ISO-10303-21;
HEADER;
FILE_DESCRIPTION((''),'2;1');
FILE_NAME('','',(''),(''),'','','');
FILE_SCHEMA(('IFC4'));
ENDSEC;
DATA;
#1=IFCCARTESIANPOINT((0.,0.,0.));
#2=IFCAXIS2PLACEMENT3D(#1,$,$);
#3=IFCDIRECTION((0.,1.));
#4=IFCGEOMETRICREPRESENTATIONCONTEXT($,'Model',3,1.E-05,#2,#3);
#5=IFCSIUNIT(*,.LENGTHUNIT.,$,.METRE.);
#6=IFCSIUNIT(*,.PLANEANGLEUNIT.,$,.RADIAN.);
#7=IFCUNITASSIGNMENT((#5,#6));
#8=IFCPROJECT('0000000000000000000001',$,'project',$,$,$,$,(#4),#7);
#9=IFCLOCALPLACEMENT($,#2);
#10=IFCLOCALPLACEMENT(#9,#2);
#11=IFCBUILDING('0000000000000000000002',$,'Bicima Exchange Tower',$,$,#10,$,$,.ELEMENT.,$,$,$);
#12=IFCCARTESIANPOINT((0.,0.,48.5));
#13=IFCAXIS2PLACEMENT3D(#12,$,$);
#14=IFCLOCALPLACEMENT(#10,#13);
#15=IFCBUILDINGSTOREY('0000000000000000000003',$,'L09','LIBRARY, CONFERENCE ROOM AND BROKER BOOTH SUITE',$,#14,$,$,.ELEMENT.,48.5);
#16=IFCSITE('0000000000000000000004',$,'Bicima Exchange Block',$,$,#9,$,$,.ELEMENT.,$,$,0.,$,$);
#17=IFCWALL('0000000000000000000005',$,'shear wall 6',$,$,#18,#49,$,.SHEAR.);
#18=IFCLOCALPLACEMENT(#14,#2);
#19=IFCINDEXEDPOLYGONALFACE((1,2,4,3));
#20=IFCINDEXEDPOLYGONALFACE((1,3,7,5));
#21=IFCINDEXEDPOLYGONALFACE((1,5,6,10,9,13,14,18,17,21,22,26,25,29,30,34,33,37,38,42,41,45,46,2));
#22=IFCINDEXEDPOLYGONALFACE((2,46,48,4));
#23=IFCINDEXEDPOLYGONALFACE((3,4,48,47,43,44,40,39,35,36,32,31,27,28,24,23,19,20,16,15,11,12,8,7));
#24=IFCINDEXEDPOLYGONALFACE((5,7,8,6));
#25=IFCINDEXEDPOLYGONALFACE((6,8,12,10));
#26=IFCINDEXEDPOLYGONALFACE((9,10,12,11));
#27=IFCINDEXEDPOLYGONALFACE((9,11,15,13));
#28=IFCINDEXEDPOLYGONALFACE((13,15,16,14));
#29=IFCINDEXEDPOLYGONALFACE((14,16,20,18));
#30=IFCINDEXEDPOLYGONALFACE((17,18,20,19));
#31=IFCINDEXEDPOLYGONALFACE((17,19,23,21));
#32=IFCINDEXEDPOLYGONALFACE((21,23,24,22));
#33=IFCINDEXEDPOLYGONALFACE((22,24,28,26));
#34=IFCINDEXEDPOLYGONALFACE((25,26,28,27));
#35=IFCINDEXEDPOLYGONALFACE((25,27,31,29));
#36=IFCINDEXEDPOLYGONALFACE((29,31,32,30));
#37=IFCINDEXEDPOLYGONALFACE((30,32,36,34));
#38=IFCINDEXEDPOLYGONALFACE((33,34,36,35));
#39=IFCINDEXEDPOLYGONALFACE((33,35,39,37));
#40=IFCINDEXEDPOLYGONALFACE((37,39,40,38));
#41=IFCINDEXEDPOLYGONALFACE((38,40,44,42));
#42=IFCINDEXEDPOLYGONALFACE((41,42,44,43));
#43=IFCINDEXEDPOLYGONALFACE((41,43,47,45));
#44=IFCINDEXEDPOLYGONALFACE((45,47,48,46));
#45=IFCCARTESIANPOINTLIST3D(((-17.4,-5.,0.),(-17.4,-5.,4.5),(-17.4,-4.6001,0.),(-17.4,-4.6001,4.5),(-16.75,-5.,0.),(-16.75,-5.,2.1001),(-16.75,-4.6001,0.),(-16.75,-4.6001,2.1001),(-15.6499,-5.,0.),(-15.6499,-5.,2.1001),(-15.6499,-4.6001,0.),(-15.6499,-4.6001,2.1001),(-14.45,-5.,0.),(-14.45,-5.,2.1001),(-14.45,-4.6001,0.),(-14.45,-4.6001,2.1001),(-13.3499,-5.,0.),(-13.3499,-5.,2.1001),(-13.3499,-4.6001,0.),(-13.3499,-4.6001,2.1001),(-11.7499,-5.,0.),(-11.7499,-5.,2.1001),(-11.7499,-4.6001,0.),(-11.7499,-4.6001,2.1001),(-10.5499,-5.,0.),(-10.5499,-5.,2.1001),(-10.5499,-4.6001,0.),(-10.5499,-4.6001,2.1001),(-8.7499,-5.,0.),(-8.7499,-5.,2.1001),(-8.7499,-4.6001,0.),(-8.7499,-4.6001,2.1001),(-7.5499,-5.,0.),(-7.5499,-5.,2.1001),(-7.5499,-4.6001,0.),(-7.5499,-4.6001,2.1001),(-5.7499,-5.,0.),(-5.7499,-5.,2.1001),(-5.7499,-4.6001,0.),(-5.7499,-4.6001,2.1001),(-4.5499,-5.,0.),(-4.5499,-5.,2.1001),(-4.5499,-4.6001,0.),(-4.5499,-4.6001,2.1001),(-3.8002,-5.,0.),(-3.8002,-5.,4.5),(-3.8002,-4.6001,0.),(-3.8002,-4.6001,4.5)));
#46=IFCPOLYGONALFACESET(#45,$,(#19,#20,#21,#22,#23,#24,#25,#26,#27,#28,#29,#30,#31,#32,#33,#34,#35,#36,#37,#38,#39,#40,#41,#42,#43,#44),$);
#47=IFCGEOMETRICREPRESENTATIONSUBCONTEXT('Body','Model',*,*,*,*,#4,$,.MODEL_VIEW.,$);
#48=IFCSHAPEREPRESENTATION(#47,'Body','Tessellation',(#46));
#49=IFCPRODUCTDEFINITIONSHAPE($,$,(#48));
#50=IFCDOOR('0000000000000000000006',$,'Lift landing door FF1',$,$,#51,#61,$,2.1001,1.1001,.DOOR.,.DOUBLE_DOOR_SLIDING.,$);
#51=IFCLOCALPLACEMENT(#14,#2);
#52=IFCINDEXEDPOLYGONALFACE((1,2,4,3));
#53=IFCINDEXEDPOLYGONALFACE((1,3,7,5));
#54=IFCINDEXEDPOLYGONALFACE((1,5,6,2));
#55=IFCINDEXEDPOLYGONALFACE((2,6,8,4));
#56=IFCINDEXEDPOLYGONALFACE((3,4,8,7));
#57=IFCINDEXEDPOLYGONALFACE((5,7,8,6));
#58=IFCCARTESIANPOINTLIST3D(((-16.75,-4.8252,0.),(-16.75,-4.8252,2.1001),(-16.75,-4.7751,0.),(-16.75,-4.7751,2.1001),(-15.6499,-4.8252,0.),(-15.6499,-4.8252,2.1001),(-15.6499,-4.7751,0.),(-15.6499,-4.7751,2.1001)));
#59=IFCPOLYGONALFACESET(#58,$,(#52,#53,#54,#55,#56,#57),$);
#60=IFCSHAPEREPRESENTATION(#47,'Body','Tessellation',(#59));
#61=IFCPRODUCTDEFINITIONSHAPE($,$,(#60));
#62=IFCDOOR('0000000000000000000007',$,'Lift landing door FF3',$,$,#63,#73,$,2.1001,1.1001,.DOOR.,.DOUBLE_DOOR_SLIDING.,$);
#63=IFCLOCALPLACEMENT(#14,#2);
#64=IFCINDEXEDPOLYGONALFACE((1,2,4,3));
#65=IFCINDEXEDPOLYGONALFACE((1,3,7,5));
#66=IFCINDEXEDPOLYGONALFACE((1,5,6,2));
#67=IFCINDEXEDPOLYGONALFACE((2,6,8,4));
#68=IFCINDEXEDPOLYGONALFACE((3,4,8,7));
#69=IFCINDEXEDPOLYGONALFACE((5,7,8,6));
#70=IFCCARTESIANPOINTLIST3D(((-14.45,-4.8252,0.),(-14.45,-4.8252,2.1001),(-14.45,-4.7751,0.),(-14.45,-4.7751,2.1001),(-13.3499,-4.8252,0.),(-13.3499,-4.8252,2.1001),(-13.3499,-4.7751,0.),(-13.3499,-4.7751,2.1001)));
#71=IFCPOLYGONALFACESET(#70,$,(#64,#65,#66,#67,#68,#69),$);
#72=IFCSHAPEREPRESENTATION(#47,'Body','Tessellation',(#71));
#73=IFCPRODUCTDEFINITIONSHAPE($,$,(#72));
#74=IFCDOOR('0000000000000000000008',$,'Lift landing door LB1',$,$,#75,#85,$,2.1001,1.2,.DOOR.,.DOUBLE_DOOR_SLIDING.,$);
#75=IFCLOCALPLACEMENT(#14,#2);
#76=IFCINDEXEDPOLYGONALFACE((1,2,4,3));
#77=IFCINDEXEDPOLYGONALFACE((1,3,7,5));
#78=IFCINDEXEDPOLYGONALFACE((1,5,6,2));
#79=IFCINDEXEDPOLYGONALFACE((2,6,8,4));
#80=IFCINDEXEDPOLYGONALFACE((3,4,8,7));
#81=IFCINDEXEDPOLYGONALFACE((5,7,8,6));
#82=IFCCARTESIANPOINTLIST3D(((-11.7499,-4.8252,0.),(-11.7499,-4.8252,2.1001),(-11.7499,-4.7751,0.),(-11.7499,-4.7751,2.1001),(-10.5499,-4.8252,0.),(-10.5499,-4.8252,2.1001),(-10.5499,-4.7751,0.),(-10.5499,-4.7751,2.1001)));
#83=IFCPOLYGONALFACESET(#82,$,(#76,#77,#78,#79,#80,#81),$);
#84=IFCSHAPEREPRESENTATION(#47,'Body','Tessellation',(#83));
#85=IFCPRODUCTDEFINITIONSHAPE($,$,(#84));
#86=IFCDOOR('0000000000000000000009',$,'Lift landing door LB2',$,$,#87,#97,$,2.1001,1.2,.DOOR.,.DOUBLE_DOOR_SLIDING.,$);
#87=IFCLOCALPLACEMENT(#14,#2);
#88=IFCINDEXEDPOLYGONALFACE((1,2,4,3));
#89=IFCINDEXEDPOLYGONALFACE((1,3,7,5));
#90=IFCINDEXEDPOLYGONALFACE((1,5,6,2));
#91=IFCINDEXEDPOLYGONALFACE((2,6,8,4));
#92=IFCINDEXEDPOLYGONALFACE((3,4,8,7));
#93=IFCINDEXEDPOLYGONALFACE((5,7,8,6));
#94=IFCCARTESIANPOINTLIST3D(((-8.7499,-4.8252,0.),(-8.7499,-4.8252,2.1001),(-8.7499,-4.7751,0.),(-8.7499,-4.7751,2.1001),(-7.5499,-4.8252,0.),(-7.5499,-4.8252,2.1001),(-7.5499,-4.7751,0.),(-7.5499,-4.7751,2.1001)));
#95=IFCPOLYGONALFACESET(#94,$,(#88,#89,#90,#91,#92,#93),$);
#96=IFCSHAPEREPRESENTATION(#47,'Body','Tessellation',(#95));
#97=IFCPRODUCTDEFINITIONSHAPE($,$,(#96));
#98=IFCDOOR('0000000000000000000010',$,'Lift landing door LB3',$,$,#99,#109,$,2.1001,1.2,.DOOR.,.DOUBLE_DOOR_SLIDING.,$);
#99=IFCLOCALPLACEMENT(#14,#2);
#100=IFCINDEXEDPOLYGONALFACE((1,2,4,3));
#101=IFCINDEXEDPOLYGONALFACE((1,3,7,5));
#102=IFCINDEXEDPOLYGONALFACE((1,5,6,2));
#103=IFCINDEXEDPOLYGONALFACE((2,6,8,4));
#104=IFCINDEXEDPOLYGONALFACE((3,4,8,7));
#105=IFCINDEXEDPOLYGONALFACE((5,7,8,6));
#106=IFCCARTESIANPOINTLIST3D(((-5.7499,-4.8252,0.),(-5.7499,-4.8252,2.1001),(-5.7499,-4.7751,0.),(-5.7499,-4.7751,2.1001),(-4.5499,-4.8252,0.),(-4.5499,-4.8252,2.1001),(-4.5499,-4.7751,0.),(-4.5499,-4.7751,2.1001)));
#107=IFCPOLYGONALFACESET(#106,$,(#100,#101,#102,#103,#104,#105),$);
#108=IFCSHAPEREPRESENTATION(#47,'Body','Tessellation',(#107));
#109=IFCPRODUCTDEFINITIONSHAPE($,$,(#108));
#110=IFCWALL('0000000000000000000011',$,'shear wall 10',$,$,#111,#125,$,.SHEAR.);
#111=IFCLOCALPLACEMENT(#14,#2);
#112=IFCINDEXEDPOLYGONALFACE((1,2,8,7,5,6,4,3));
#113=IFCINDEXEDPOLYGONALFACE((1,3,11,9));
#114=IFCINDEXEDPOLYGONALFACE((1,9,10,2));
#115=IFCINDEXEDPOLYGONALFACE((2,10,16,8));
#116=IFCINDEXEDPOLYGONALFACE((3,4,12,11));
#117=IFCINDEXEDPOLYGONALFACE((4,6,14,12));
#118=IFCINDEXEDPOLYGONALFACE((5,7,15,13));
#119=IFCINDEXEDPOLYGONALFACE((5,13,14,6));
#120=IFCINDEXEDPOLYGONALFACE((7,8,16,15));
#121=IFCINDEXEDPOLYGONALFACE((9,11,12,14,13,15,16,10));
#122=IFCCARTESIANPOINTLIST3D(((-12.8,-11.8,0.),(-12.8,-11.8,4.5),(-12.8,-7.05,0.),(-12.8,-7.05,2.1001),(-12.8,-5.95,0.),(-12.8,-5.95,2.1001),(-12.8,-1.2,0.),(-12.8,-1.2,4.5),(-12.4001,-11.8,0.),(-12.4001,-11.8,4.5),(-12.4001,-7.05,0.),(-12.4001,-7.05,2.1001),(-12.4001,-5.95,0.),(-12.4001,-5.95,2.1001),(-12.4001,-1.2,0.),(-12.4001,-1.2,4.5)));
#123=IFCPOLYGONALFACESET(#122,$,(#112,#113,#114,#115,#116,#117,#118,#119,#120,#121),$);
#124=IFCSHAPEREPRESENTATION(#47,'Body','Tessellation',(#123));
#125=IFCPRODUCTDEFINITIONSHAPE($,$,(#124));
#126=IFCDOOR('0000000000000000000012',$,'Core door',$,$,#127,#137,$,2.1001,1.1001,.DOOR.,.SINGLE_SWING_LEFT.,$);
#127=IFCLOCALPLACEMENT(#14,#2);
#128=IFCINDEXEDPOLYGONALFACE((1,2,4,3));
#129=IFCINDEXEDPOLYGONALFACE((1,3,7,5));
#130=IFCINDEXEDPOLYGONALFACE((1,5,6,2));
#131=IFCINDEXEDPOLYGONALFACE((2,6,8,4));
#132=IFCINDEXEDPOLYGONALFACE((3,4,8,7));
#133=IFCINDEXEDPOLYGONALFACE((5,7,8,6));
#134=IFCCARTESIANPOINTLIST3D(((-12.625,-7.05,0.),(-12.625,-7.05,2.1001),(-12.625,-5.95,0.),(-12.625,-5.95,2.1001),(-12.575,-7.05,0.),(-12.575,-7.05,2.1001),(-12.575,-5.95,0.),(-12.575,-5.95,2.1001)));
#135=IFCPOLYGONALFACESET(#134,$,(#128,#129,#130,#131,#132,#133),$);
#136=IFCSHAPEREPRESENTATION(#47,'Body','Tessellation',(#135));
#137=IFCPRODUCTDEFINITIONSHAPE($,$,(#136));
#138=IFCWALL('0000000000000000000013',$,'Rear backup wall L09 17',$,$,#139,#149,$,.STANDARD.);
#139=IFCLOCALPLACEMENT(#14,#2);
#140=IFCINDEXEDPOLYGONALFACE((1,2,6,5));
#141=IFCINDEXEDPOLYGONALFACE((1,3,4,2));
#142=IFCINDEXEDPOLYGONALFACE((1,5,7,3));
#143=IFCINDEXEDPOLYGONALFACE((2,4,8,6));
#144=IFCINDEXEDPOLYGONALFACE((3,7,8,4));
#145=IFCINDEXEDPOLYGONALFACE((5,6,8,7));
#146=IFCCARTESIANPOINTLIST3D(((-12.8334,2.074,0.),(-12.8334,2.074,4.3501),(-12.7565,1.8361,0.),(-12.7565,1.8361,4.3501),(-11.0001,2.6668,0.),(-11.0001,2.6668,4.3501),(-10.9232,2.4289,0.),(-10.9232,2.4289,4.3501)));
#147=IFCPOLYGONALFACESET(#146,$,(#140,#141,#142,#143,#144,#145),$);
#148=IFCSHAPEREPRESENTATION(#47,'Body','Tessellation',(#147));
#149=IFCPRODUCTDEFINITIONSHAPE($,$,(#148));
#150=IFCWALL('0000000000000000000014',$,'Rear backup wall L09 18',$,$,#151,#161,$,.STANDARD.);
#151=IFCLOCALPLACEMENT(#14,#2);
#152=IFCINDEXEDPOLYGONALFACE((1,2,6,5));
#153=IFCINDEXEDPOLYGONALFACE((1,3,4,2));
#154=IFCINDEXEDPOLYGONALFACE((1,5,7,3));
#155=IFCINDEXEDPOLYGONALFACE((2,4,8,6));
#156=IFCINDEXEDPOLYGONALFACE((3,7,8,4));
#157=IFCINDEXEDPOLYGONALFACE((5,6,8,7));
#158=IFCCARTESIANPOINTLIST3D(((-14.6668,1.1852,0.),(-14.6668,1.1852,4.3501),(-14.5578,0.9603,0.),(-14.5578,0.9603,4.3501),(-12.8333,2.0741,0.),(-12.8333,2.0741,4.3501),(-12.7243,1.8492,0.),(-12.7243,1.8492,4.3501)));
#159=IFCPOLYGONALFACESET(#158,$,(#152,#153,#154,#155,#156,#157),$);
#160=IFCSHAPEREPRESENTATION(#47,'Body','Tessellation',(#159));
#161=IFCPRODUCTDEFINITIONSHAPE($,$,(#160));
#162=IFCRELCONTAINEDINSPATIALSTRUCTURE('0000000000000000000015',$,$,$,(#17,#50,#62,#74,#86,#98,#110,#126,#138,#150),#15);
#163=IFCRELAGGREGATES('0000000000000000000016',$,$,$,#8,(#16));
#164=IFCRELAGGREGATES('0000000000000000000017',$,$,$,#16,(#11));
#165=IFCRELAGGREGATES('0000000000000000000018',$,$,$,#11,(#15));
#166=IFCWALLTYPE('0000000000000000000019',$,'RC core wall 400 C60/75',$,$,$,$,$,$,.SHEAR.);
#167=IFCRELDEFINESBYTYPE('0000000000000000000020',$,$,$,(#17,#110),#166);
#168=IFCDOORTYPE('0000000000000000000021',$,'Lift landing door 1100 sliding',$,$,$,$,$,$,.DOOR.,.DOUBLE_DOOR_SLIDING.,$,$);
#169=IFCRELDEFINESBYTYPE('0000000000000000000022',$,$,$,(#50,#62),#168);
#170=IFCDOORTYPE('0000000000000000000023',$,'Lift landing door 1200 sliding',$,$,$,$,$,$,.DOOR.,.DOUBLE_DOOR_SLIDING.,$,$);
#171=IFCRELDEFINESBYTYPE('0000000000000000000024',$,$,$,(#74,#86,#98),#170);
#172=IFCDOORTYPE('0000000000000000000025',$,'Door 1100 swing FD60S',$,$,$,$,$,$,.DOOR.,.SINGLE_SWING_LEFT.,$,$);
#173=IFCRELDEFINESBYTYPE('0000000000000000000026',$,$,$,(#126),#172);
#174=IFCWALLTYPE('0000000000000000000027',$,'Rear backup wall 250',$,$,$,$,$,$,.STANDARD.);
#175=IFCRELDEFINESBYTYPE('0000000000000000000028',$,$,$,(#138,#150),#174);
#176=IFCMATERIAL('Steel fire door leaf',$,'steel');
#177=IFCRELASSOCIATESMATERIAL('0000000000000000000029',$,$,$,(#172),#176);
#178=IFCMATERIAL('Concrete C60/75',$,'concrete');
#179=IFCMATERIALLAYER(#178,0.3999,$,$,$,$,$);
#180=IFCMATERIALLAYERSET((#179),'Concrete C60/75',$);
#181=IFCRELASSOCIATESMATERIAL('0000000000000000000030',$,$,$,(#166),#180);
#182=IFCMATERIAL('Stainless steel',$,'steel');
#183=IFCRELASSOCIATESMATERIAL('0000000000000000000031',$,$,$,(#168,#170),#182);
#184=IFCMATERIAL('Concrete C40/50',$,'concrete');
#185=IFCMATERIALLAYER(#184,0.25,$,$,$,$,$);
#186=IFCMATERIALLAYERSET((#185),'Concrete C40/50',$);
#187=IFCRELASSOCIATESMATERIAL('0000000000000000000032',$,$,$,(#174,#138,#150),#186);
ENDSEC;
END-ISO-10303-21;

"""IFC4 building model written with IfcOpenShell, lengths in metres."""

from ifc_helpers import new_model, si_unit, direction, frame, frame_2d, origin, place, context, subcontext, project, spatial, rectangle, extrude, material, layer, layer_set, layer_usage, type_object, element, fill, save


model = new_model("IFC4")

# Units and contexts
model_context = context("Model", 3, precision=1e-05, world=origin(), true_north=direction((0.0, 1.0)))
body_context = subcontext(model_context, "Body", "Model", "MODEL_VIEW")
ifc_project = project(units=[si_unit("LENGTHUNIT", "METRE"), si_unit("PLANEANGLEUNIT", "RADIAN")], contexts=[model_context])

# Site, building, storey
site_placement = place(None, origin())
site = spatial("IfcSite", under=ifc_project, at=site_placement, Name="Bicima Exchange Block", CompositionType="ELEMENT", RefElevation=0.0)
building_placement = place(site_placement, origin())
building = spatial("IfcBuilding", under=site, at=building_placement, Name="Bicima Exchange Tower", CompositionType="ELEMENT")
storey_placement = place(building_placement, frame((0.0, 0.0, 48.5)))
storey = spatial("IfcBuildingStorey", under=building, at=storey_placement, Name="L09", Description="LIBRARY, CONFERENCE ROOM AND BROKER BOOTH SUITE", CompositionType="ELEMENT", Elevation=48.5)

# Shared definitions
ifc_material_1 = material(Name="Steel fire door leaf", Category="steel")
door_type_1 = type_object("IfcDoorType", Name="Door 1100 swing FD60S", OperationType="SINGLE_SWING_LEFT", PredefinedType="DOOR", material=ifc_material_1)

# Shared definitions
ifc_material_2 = material(Name="Concrete C60/75", Category="concrete")
ifc_layer_1 = layer(ifc_material_2, 0.3999)
ifc_layer_set_1 = layer_set([ifc_layer_1], Name="Concrete C60/75")
wall_type_1 = type_object("IfcWallType", Name="RC core wall 400 C60/75", PredefinedType="SHEAR", material=ifc_layer_set_1)

# Wall, openings, doors
wall_1_placement = place(storey_placement, frame((-17.3999, -4.8, 0.0), z_axis=(0.0, 0.0, 1.0), x_axis=(1.0, 0.0, 0.0)))
wall_1 = element("IfcWall", 1, at=wall_1_placement, inside=storey, type_object=wall_type_1, Name="shear wall 6", PredefinedType="SHEAR", context=body_context, shape_type="SweptSolid", body=[
    extrude(rectangle(XDim=13.5999, YDim=0.3999, at=frame_2d((6.7998, 0.0))), origin(), (0.0, 0.0, 1.0), 4.5),
])
opening_1_placement = place(wall_1_placement, frame((0.6499, 0.0, 0.0)))
opening_1 = element("IfcOpeningElement", 2, at=opening_1_placement, cuts=wall_1, PredefinedType="OPENING", context=body_context, shape_type="SweptSolid", body=[
    extrude(rectangle(XDim=1.1001, YDim=2.1001, at=frame_2d((0.55, 1.05))), frame((0.0, 0.2119, 0.0), z_axis=(0.0, -1.0, 0.0), x_axis=(1.0, 0.0, 0.0)), (0.0, 0.0, 1.0), 0.4238),
])
opening_2_placement = place(wall_1_placement, frame((2.95, 0.0, 0.0)))
opening_2 = element("IfcOpeningElement", 3, at=opening_2_placement, cuts=wall_1, PredefinedType="OPENING", context=body_context, shape_type="SweptSolid", body=[
    extrude(rectangle(XDim=1.1001, YDim=2.1001, at=frame_2d((0.55, 1.05))), frame((0.0, 0.2119, 0.0), z_axis=(0.0, -1.0, 0.0), x_axis=(1.0, 0.0, 0.0)), (0.0, 0.0, 1.0), 0.4238),
])
opening_3_placement = place(wall_1_placement, frame((5.6499, 0.0, 0.0)))
opening_3 = element("IfcOpeningElement", 4, at=opening_3_placement, cuts=wall_1, PredefinedType="OPENING", context=body_context, shape_type="SweptSolid", body=[
    extrude(rectangle(XDim=1.2, YDim=2.1001, at=frame_2d((0.6001, 1.05))), frame((0.0, 0.2119, 0.0), z_axis=(0.0, -1.0, 0.0), x_axis=(1.0, 0.0, 0.0)), (0.0, 0.0, 1.0), 0.4238),
])
opening_4_placement = place(wall_1_placement, frame((8.6499, 0.0, 0.0)))
opening_4 = element("IfcOpeningElement", 5, at=opening_4_placement, cuts=wall_1, PredefinedType="OPENING", context=body_context, shape_type="SweptSolid", body=[
    extrude(rectangle(XDim=1.2, YDim=2.1001, at=frame_2d((0.6001, 1.05))), frame((0.0, 0.2119, 0.0), z_axis=(0.0, -1.0, 0.0), x_axis=(1.0, 0.0, 0.0)), (0.0, 0.0, 1.0), 0.4238),
])
opening_5_placement = place(wall_1_placement, frame((11.6499, 0.0, 0.0)))
opening_5 = element("IfcOpeningElement", 6, at=opening_5_placement, cuts=wall_1, PredefinedType="OPENING", context=body_context, shape_type="SweptSolid", body=[
    extrude(rectangle(XDim=1.2, YDim=2.1001, at=frame_2d((0.6001, 1.05))), frame((0.0, 0.2119, 0.0), z_axis=(0.0, -1.0, 0.0), x_axis=(1.0, 0.0, 0.0)), (0.0, 0.0, 1.0), 0.4238),
])
ifc_material_3 = material(Name="Stainless steel", Category="steel")
door_type_2 = type_object("IfcDoorType", Name="Lift landing door 1100 sliding", OperationType="DOUBLE_DOOR_SLIDING", PredefinedType="DOOR", material=ifc_material_3)
door_1_placement = place(opening_1_placement, origin())
door_1 = element("IfcDoor", 7, at=door_1_placement, inside=storey, type_object=door_type_2, Name="Lift landing door FF1", OperationType="DOUBLE_DOOR_SLIDING", OverallHeight=2.1001, OverallWidth=1.1001, PredefinedType="DOOR", context=body_context, shape_type="SweptSolid", body=[
    extrude(rectangle(XDim=1.1001, YDim=2.1001, at=frame_2d((0.55, 1.05))), frame((0.0, 0.0249, 0.0), z_axis=(0.0, -1.0, 0.0), x_axis=(1.0, 0.0, 0.0)), (0.0, 0.0, 1.0), 0.05),
])
fill(opening_1, door_1)
door_2_placement = place(opening_2_placement, origin())
door_2 = element("IfcDoor", 8, at=door_2_placement, inside=storey, type_object=door_type_2, Name="Lift landing door FF3", OperationType="DOUBLE_DOOR_SLIDING", OverallHeight=2.1001, OverallWidth=1.1001, PredefinedType="DOOR", context=body_context, shape_type="SweptSolid", body=[
    extrude(rectangle(XDim=1.1001, YDim=2.1001, at=frame_2d((0.55, 1.05))), frame((0.0, 0.0249, 0.0), z_axis=(0.0, -1.0, 0.0), x_axis=(1.0, 0.0, 0.0)), (0.0, 0.0, 1.0), 0.05),
])
fill(opening_2, door_2)
door_type_3 = type_object("IfcDoorType", Name="Lift landing door 1200 sliding", OperationType="DOUBLE_DOOR_SLIDING", PredefinedType="DOOR", material=ifc_material_3)
door_3_placement = place(opening_3_placement, origin())
door_3 = element("IfcDoor", 9, at=door_3_placement, inside=storey, type_object=door_type_3, Name="Lift landing door LB1", OperationType="DOUBLE_DOOR_SLIDING", OverallHeight=2.1001, OverallWidth=1.2, PredefinedType="DOOR", context=body_context, shape_type="SweptSolid", body=[
    extrude(rectangle(XDim=1.2, YDim=2.1001, at=frame_2d((0.6001, 1.05))), frame((0.0, 0.0249, 0.0), z_axis=(0.0, -1.0, 0.0), x_axis=(1.0, 0.0, 0.0)), (0.0, 0.0, 1.0), 0.05),
])
fill(opening_3, door_3)
door_4_placement = place(opening_4_placement, origin())
door_4 = element("IfcDoor", 10, at=door_4_placement, inside=storey, type_object=door_type_3, Name="Lift landing door LB2", OperationType="DOUBLE_DOOR_SLIDING", OverallHeight=2.1001, OverallWidth=1.2, PredefinedType="DOOR", context=body_context, shape_type="SweptSolid", body=[
    extrude(rectangle(XDim=1.2, YDim=2.1001, at=frame_2d((0.6001, 1.05))), frame((0.0, 0.0249, 0.0), z_axis=(0.0, -1.0, 0.0), x_axis=(1.0, 0.0, 0.0)), (0.0, 0.0, 1.0), 0.05),
])
fill(opening_4, door_4)
door_5_placement = place(opening_5_placement, origin())
door_5 = element("IfcDoor", 11, at=door_5_placement, inside=storey, type_object=door_type_3, Name="Lift landing door LB3", OperationType="DOUBLE_DOOR_SLIDING", OverallHeight=2.1001, OverallWidth=1.2, PredefinedType="DOOR", context=body_context, shape_type="SweptSolid", body=[
    extrude(rectangle(XDim=1.2, YDim=2.1001, at=frame_2d((0.6001, 1.05))), frame((0.0, 0.0249, 0.0), z_axis=(0.0, -1.0, 0.0), x_axis=(1.0, 0.0, 0.0)), (0.0, 0.0, 1.0), 0.05),
])
fill(opening_5, door_5)

# Wall, opening, door
wall_2_placement = place(storey_placement, frame((-12.6001, -11.8, 0.0), z_axis=(0.0, 0.0, 1.0), x_axis=(0.0, 1.0, 0.0)))
wall_2 = element("IfcWall", 12, at=wall_2_placement, inside=storey, type_object=wall_type_1, Name="shear wall 10", PredefinedType="SHEAR", context=body_context, shape_type="SweptSolid", body=[
    extrude(rectangle(XDim=10.6001, YDim=0.3999, at=frame_2d((5.3, 0.0))), origin(), (0.0, 0.0, 1.0), 4.5),
])
opening_6_placement = place(wall_2_placement, frame((4.75, 0.0, 0.0)))
opening_6 = element("IfcOpeningElement", 13, at=opening_6_placement, cuts=wall_2, PredefinedType="OPENING", context=body_context, shape_type="SweptSolid", body=[
    extrude(rectangle(XDim=1.1001, YDim=2.1001, at=frame_2d((0.55, 1.05))), frame((0.0, 0.2119, 0.0), z_axis=(0.0, -1.0, 0.0), x_axis=(1.0, 0.0, 0.0)), (0.0, 0.0, 1.0), 0.4238),
])
door_6_placement = place(opening_6_placement, origin())
door_6 = element("IfcDoor", 14, at=door_6_placement, inside=storey, type_object=door_type_1, Name="Core door", OperationType="SINGLE_SWING_LEFT", OverallHeight=2.1001, OverallWidth=1.1001, PredefinedType="DOOR", context=body_context, shape_type="SweptSolid", body=[
    extrude(rectangle(XDim=1.1001, YDim=2.1001, at=frame_2d((0.55, 1.05))), frame((0.0, 0.0249, 0.0), z_axis=(0.0, -1.0, 0.0), x_axis=(1.0, 0.0, 0.0)), (0.0, 0.0, 1.0), 0.05),
])
fill(opening_6, door_6)

# Walls
ifc_material_4 = material(Name="Concrete C40/50", Category="concrete")
ifc_layer_2 = layer(ifc_material_4, 0.25)
ifc_layer_set_2 = layer_set([ifc_layer_2], Name="Concrete C40/50")
ifc_layer_usage = layer_usage(ifc_layer_set_2, "AXIS2", "POSITIVE", -0.125)
wall_type_2 = type_object("IfcWallType", Name="Rear backup wall 250", PredefinedType="STANDARD", material=ifc_layer_set_2)
wall_3_placement = place(storey_placement, frame((-10.9617, 2.5479, 0.0), z_axis=(0.0, 0.0, 1.0), x_axis=(-0.951496, -0.307662, 0.0)))
element("IfcWall", 15, at=wall_3_placement, inside=storey, type_object=wall_type_2, material=ifc_layer_usage, Name="Rear backup wall L09 17", PredefinedType="STANDARD", context=body_context, shape_type="SweptSolid", body=[
    extrude(rectangle(XDim=1.9268, YDim=0.25, at=frame_2d((0.9634, 0.0))), origin(), (0.0, 0.0, 1.0), 4.3501),
])
wall_4_placement = place(storey_placement, frame((-12.7788, 1.9617, 0.0), z_axis=(0.0, 0.0, 1.0), x_axis=(-0.899824, -0.436253, 0.0)))
element("IfcWall", 16, at=wall_4_placement, inside=storey, type_object=wall_type_2, material=ifc_layer_usage, Name="Rear backup wall L09 18", PredefinedType="STANDARD", context=body_context, shape_type="SweptSolid", body=[
    extrude(rectangle(XDim=2.0376, YDim=0.25, at=frame_2d((1.0188, 0.0))), origin(), (0.0, 0.0, 1.0), 4.3501),
])

save(model, "model.ifc")
